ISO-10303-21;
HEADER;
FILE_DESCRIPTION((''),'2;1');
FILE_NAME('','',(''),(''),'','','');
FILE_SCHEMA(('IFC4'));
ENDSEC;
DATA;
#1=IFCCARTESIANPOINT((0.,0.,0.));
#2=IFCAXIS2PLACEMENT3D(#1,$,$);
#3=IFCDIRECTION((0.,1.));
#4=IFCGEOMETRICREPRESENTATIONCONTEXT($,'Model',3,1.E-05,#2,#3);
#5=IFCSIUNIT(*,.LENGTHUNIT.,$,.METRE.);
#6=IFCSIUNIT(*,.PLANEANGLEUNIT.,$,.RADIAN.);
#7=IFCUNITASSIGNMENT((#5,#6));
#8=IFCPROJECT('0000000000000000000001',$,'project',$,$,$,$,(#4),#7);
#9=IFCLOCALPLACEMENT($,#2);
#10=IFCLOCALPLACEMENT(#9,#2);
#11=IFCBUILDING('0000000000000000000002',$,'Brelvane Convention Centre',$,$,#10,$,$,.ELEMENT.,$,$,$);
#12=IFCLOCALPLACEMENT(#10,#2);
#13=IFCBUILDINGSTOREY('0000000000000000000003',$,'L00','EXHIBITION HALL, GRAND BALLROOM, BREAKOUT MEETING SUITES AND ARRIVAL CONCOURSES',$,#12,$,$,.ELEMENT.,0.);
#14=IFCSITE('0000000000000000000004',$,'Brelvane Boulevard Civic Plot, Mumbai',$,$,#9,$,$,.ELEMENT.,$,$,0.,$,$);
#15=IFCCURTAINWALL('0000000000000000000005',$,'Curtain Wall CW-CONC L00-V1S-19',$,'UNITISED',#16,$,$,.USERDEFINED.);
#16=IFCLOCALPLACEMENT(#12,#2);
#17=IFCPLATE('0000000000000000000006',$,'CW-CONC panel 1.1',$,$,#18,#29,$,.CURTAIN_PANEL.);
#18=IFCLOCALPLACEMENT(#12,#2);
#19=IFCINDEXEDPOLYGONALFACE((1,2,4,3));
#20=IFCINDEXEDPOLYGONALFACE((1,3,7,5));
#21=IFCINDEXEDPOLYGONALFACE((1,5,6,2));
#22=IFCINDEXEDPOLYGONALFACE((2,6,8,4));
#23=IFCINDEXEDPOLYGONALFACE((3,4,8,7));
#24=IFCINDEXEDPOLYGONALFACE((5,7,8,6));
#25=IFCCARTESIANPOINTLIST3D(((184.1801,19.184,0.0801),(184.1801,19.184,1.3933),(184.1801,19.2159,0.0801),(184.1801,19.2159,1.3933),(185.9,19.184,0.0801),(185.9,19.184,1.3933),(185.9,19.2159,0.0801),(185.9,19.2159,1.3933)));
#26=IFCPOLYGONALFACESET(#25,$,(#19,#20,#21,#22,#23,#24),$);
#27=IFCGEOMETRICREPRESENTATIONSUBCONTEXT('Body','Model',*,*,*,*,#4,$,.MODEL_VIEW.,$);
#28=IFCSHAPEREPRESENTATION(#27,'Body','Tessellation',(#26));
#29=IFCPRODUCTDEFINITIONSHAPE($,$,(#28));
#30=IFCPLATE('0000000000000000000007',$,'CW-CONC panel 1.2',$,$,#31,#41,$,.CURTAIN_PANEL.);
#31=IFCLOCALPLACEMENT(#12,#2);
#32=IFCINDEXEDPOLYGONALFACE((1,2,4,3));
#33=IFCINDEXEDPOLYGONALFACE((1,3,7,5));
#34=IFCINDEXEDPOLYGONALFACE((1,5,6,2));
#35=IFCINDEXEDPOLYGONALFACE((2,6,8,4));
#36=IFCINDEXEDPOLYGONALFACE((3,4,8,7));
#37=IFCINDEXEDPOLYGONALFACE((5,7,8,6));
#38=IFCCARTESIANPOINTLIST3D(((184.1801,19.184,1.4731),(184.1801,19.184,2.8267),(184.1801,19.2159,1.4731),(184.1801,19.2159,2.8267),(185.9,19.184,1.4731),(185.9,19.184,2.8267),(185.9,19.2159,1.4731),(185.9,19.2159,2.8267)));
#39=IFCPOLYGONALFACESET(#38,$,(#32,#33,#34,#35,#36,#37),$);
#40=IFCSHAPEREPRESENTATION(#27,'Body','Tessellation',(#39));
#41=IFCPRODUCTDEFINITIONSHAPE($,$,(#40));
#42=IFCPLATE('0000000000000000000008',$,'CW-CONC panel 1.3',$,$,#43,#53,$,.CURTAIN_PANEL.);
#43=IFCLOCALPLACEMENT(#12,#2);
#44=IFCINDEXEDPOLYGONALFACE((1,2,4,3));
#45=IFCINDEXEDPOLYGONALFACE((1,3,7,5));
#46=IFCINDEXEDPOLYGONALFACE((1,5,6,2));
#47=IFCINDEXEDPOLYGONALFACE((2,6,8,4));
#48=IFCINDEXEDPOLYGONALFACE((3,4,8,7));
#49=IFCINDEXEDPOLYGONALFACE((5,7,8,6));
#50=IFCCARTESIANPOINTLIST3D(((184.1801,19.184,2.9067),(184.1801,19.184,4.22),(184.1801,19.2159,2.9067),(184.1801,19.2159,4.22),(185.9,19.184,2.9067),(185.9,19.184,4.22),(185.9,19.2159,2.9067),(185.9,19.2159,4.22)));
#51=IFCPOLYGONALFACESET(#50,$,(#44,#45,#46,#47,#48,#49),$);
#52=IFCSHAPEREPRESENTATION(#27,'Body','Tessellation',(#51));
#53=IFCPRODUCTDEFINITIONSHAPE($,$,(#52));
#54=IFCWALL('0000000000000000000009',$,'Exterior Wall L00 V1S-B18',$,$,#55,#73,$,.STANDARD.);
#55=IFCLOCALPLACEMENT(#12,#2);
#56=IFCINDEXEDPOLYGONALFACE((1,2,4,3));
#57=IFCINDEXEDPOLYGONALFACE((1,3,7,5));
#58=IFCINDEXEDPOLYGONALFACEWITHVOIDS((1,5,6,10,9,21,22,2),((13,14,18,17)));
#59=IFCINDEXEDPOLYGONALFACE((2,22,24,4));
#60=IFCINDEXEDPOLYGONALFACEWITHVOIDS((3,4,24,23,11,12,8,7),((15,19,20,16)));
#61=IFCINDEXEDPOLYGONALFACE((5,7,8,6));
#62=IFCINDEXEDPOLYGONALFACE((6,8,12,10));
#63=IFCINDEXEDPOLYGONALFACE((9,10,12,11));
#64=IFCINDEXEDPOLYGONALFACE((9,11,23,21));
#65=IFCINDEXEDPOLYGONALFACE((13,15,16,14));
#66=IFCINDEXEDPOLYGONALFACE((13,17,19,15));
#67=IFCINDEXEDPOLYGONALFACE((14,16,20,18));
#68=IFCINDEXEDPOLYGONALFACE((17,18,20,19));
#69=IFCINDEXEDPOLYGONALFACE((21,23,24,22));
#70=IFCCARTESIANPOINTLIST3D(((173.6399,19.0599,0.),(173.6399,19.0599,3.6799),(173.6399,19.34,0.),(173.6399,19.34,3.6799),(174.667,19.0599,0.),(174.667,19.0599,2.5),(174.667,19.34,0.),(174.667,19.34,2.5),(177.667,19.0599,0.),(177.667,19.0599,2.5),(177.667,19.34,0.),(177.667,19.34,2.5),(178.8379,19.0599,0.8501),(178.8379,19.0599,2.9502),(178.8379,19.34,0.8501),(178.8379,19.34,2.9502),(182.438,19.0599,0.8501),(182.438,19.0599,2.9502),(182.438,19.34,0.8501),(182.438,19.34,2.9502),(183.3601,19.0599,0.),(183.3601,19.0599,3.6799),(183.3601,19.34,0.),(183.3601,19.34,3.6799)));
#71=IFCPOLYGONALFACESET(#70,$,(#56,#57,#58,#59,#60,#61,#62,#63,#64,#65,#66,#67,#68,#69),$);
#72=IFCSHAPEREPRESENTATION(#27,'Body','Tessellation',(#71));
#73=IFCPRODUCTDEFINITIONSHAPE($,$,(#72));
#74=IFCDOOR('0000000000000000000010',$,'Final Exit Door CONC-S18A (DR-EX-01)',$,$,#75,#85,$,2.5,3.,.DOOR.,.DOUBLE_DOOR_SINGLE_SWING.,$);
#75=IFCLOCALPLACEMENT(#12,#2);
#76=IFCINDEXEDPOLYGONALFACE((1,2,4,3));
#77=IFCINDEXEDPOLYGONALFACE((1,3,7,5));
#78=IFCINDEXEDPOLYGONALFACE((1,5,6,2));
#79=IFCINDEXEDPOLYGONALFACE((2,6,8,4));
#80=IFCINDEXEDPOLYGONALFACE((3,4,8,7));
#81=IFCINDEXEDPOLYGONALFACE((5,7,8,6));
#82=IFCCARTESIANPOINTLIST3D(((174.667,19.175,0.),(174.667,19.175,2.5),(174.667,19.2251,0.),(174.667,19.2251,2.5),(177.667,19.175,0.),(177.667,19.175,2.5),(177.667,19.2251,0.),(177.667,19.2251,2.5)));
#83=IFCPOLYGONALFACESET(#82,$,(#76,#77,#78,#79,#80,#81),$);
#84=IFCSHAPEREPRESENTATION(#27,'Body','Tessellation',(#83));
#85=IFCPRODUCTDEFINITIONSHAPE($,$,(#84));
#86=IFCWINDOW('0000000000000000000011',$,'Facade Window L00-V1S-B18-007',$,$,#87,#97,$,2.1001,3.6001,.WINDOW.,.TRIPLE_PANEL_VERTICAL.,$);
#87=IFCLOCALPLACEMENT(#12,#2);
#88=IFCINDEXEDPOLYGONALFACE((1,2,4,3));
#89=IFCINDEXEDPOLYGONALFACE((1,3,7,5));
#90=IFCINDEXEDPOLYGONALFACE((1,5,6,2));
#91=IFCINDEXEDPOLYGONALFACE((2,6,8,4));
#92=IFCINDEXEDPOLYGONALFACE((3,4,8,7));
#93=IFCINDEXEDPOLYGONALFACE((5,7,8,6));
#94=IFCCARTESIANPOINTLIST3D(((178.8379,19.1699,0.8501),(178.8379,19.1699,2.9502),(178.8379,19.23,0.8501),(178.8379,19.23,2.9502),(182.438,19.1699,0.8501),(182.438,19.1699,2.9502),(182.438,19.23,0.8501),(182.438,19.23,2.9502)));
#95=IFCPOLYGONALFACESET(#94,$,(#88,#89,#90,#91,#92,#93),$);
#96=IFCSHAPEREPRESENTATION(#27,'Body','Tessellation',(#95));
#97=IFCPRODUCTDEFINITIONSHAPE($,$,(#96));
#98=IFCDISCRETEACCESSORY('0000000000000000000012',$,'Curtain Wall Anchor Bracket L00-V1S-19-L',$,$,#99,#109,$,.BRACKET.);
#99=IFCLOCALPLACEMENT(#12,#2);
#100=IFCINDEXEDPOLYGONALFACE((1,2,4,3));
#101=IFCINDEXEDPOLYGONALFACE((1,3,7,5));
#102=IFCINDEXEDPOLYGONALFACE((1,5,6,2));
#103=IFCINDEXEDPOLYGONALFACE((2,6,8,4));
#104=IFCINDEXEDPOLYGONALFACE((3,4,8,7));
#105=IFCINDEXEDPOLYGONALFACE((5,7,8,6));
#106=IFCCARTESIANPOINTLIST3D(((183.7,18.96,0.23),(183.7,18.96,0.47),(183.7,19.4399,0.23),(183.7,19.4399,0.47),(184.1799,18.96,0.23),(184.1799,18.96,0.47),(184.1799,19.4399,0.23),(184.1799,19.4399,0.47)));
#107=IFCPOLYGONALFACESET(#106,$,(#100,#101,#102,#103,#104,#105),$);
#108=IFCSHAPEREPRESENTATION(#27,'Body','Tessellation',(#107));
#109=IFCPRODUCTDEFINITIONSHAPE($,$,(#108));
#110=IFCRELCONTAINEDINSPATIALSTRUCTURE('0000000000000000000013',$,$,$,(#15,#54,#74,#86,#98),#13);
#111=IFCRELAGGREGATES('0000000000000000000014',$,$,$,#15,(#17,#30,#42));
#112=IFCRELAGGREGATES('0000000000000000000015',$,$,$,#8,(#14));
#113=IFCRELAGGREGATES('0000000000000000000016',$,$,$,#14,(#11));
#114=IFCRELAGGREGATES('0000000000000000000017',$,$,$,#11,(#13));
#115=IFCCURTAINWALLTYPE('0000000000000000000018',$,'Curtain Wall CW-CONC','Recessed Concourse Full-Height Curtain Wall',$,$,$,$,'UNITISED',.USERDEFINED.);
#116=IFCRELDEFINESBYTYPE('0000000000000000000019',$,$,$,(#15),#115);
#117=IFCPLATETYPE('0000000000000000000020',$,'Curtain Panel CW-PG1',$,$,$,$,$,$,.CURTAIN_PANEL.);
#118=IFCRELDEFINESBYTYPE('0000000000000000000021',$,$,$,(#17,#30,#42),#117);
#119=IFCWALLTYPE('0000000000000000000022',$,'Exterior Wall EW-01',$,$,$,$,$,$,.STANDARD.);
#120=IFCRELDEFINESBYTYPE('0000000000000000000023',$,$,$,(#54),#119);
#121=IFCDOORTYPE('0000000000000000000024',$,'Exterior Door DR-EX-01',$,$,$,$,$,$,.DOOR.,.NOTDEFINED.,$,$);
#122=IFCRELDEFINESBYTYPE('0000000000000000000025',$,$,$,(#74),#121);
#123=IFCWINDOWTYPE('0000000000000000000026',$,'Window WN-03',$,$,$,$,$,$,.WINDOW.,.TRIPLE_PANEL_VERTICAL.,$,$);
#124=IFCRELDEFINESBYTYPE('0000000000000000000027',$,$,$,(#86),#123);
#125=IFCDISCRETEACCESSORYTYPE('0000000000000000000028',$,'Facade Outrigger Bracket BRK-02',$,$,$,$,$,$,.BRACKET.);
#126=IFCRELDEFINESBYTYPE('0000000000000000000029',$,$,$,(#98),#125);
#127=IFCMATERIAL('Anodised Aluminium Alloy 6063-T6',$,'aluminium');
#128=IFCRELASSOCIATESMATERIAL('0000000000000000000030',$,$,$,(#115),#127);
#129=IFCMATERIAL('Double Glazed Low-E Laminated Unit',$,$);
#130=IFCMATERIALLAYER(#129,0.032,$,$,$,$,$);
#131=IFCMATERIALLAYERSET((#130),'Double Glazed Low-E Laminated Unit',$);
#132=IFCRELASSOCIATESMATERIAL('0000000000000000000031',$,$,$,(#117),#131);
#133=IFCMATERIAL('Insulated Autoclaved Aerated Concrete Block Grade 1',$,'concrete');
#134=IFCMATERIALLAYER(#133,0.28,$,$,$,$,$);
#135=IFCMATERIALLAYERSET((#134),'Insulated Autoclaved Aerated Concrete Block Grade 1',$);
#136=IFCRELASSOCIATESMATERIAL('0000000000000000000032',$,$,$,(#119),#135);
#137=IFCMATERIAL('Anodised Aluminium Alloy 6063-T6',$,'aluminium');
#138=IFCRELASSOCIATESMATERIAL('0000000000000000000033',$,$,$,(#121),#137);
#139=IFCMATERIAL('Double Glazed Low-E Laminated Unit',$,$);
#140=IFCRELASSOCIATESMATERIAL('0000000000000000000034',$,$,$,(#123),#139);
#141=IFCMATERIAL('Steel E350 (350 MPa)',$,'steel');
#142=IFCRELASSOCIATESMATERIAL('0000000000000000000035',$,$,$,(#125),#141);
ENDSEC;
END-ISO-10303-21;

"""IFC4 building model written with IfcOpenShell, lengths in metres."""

from ifc_helpers import new_model, si_unit, direction, frame, frame_2d, origin, origin_2d, place, context, subcontext, project, spatial, rectangle, extrude, material, layer, layer_set, type_object, element, fill, aggregate, save


model = new_model("IFC4")

# Units and contexts
model_context = context("Model", 3, precision=1e-05, world=origin(), true_north=direction((0.0, 1.0)))
body_context = subcontext(model_context, "Body", "Model", "MODEL_VIEW")
ifc_project = project(units=[si_unit("LENGTHUNIT", "METRE"), si_unit("PLANEANGLEUNIT", "RADIAN")], contexts=[model_context])

# Site, building, storey
site_placement = place(None, origin())
site = spatial("IfcSite", under=ifc_project, at=site_placement, Name="Brelvane Boulevard Civic Plot, Mumbai", CompositionType="ELEMENT", RefElevation=0.0)
building_placement = place(site_placement, origin())
building = spatial("IfcBuilding", under=site, at=building_placement, Name="Brelvane Convention Centre", CompositionType="ELEMENT")
storey_placement = place(building_placement, origin())
storey = spatial("IfcBuildingStorey", under=building, at=storey_placement, Name="L00", Description="EXHIBITION HALL, GRAND BALLROOM, BREAKOUT MEETING SUITES AND ARRIVAL CONCOURSES", CompositionType="ELEMENT", Elevation=0.0)

# Curtain wall
ifc_material_1 = material(Name="Anodised Aluminium Alloy 6063-T6", Category="aluminium")
curtain_wall_type = type_object("IfcCurtainWallType", Name="Curtain Wall CW-CONC", Description="Recessed Concourse Full-Height Curtain Wall", ElementType="UNITISED", PredefinedType="USERDEFINED", material=ifc_material_1)
curtain_wall_placement = place(storey_placement, origin())
curtain_wall = element("IfcCurtainWall", 1, at=curtain_wall_placement, inside=storey, type_object=curtain_wall_type, Name="Curtain Wall CW-CONC L00-V1S-19", ObjectType="UNITISED", PredefinedType="USERDEFINED")

# Plates
ifc_material_2 = material(Name="Double Glazed Low-E Laminated Unit")
ifc_layer_1 = layer(ifc_material_2, 0.032)
ifc_layer_set_1 = layer_set([ifc_layer_1], Name="Double Glazed Low-E Laminated Unit")
plate_type = type_object("IfcPlateType", Name="Curtain Panel CW-PG1", PredefinedType="CURTAIN_PANEL", material=ifc_layer_set_1)
plate_1_placement = place(storey_placement, frame((185.04, 19.2, 0.0801), z_axis=(0.0, 0.0, 1.0), x_axis=(1.0, 0.0, 0.0)))
plate_1 = element("IfcPlate", 2, at=plate_1_placement, type_object=plate_type, Name="CW-CONC panel 1.1", PredefinedType="CURTAIN_PANEL", context=body_context, shape_type="SweptSolid", body=[
    extrude(rectangle(XDim=1.72, YDim=0.032, at=origin_2d()), origin(), (0.0, 0.0, 1.0), 1.3132),
])
plate_2_placement = place(storey_placement, frame((185.04, 19.2, 1.4731), z_axis=(0.0, 0.0, 1.0), x_axis=(1.0, 0.0, 0.0)))
plate_2 = element("IfcPlate", 3, at=plate_2_placement, type_object=plate_type, Name="CW-CONC panel 1.2", PredefinedType="CURTAIN_PANEL", context=body_context, shape_type="SweptSolid", body=[
    extrude(rectangle(XDim=1.72, YDim=0.032, at=origin_2d()), origin(), (0.0, 0.0, 1.0), 1.3535),
])
plate_3_placement = place(storey_placement, frame((185.04, 19.2, 2.9067), z_axis=(0.0, 0.0, 1.0), x_axis=(1.0, 0.0, 0.0)))
plate_3 = element("IfcPlate", 4, at=plate_3_placement, type_object=plate_type, Name="CW-CONC panel 1.3", PredefinedType="CURTAIN_PANEL", context=body_context, shape_type="SweptSolid", body=[
    extrude(rectangle(XDim=1.72, YDim=0.032, at=origin_2d()), origin(), (0.0, 0.0, 1.0), 1.3132),
])
aggregate(curtain_wall, [plate_1, plate_2, plate_3])

# Wall, openings, door, window
ifc_material_3 = material(Name="Insulated Autoclaved Aerated Concrete Block Grade 1", Category="concrete")
ifc_layer_2 = layer(ifc_material_3, 0.28)
ifc_layer_set_2 = layer_set([ifc_layer_2], Name="Insulated Autoclaved Aerated Concrete Block Grade 1")
wall_type = type_object("IfcWallType", Name="Exterior Wall EW-01", PredefinedType="STANDARD", material=ifc_layer_set_2)
wall_placement = place(storey_placement, frame((173.6399, 19.2, 0.0), z_axis=(0.0, 0.0, 1.0), x_axis=(1.0, 0.0, 0.0)))
wall = element("IfcWall", 5, at=wall_placement, inside=storey, type_object=wall_type, Name="Exterior Wall L00 V1S-B18", PredefinedType="STANDARD", context=body_context, shape_type="SweptSolid", body=[
    extrude(rectangle(XDim=9.7202, YDim=0.28, at=frame_2d((4.8601, 0.0))), origin(), (0.0, 0.0, 1.0), 3.6799),
])
opening_1_placement = place(wall_placement, frame((1.0271, 0.0, 0.0)))
opening_1 = element("IfcOpeningElement", 6, at=opening_1_placement, cuts=wall, PredefinedType="OPENING", context=body_context, shape_type="SweptSolid", body=[
    extrude(rectangle(XDim=3.0, YDim=2.5, at=frame_2d((1.5, 1.25))), frame((0.0, 0.1499, 0.0), z_axis=(0.0, -1.0, 0.0), x_axis=(1.0, 0.0, 0.0)), (0.0, 0.0, 1.0), 0.3),
])
opening_2_placement = place(wall_placement, frame((5.198, 0.0, 0.8501)))
opening_2 = element("IfcOpeningElement", 7, at=opening_2_placement, cuts=wall, PredefinedType="OPENING", context=body_context, shape_type="SweptSolid", body=[
    extrude(rectangle(XDim=3.6001, YDim=2.1001, at=frame_2d((1.8, 1.05))), frame((0.0, 0.1499, 0.0), z_axis=(0.0, -1.0, 0.0), x_axis=(1.0, 0.0, 0.0)), (0.0, 0.0, 1.0), 0.3),
])
ifc_material_4 = material(Name="Anodised Aluminium Alloy 6063-T6", Category="aluminium")
door_type = type_object("IfcDoorType", Name="Exterior Door DR-EX-01", OperationType="NOTDEFINED", PredefinedType="DOOR", material=ifc_material_4)
door_placement = place(opening_1_placement, frame((3.0, 0.0, 0.0), z_axis=(0.0, 0.0, 1.0), x_axis=(-1.0, 0.0, 0.0)))
door = element("IfcDoor", 8, at=door_placement, inside=storey, type_object=door_type, Name="Final Exit Door CONC-S18A (DR-EX-01)", OperationType="DOUBLE_DOOR_SINGLE_SWING", OverallHeight=2.5, OverallWidth=3.0, PredefinedType="DOOR", context=body_context, shape_type="SweptSolid", body=[
    extrude(rectangle(XDim=3.0, YDim=2.5, at=frame_2d((1.5, 1.25))), frame((0.0, 0.0249, 0.0), z_axis=(0.0, -1.0, 0.0), x_axis=(1.0, 0.0, 0.0)), (0.0, 0.0, 1.0), 0.05),
])
fill(opening_1, door)
ifc_material_5 = material(Name="Double Glazed Low-E Laminated Unit")
window_type = type_object("IfcWindowType", Name="Window WN-03", PartitioningType="TRIPLE_PANEL_VERTICAL", PredefinedType="WINDOW", material=ifc_material_5)
window_placement = place(opening_2_placement, origin())
window = element("IfcWindow", 9, at=window_placement, inside=storey, type_object=window_type, Name="Facade Window L00-V1S-B18-007", OverallHeight=2.1001, OverallWidth=3.6001, PartitioningType="TRIPLE_PANEL_VERTICAL", PredefinedType="WINDOW", context=body_context, shape_type="SweptSolid", body=[
    extrude(rectangle(XDim=3.6001, YDim=2.1001, at=frame_2d((1.8, 1.05))), frame((0.0, 0.03, 0.0), z_axis=(0.0, -1.0, 0.0), x_axis=(1.0, 0.0, 0.0)), (0.0, 0.0, 1.0), 0.0601),
])
fill(opening_2, window)

# Discrete accessory
ifc_material_6 = material(Name="Steel E350 (350 MPa)", Category="steel")
discrete_accessory_type = type_object("IfcDiscreteAccessoryType", Name="Facade Outrigger Bracket BRK-02", PredefinedType="BRACKET", material=ifc_material_6)
discrete_accessory_placement = place(storey_placement, frame((183.9399, 19.2, 0.23), z_axis=(0.0, 0.0, 1.0), x_axis=(1.0, 0.0, 0.0)))
element("IfcDiscreteAccessory", 10, at=discrete_accessory_placement, inside=storey, type_object=discrete_accessory_type, Name="Curtain Wall Anchor Bracket L00-V1S-19-L", PredefinedType="BRACKET", context=body_context, shape_type="SweptSolid", body=[
    extrude(rectangle(XDim=0.48, YDim=0.48, at=origin_2d()), origin(), (0.0, 0.0, 1.0), 0.24),
])

save(model, "model.ifc")
